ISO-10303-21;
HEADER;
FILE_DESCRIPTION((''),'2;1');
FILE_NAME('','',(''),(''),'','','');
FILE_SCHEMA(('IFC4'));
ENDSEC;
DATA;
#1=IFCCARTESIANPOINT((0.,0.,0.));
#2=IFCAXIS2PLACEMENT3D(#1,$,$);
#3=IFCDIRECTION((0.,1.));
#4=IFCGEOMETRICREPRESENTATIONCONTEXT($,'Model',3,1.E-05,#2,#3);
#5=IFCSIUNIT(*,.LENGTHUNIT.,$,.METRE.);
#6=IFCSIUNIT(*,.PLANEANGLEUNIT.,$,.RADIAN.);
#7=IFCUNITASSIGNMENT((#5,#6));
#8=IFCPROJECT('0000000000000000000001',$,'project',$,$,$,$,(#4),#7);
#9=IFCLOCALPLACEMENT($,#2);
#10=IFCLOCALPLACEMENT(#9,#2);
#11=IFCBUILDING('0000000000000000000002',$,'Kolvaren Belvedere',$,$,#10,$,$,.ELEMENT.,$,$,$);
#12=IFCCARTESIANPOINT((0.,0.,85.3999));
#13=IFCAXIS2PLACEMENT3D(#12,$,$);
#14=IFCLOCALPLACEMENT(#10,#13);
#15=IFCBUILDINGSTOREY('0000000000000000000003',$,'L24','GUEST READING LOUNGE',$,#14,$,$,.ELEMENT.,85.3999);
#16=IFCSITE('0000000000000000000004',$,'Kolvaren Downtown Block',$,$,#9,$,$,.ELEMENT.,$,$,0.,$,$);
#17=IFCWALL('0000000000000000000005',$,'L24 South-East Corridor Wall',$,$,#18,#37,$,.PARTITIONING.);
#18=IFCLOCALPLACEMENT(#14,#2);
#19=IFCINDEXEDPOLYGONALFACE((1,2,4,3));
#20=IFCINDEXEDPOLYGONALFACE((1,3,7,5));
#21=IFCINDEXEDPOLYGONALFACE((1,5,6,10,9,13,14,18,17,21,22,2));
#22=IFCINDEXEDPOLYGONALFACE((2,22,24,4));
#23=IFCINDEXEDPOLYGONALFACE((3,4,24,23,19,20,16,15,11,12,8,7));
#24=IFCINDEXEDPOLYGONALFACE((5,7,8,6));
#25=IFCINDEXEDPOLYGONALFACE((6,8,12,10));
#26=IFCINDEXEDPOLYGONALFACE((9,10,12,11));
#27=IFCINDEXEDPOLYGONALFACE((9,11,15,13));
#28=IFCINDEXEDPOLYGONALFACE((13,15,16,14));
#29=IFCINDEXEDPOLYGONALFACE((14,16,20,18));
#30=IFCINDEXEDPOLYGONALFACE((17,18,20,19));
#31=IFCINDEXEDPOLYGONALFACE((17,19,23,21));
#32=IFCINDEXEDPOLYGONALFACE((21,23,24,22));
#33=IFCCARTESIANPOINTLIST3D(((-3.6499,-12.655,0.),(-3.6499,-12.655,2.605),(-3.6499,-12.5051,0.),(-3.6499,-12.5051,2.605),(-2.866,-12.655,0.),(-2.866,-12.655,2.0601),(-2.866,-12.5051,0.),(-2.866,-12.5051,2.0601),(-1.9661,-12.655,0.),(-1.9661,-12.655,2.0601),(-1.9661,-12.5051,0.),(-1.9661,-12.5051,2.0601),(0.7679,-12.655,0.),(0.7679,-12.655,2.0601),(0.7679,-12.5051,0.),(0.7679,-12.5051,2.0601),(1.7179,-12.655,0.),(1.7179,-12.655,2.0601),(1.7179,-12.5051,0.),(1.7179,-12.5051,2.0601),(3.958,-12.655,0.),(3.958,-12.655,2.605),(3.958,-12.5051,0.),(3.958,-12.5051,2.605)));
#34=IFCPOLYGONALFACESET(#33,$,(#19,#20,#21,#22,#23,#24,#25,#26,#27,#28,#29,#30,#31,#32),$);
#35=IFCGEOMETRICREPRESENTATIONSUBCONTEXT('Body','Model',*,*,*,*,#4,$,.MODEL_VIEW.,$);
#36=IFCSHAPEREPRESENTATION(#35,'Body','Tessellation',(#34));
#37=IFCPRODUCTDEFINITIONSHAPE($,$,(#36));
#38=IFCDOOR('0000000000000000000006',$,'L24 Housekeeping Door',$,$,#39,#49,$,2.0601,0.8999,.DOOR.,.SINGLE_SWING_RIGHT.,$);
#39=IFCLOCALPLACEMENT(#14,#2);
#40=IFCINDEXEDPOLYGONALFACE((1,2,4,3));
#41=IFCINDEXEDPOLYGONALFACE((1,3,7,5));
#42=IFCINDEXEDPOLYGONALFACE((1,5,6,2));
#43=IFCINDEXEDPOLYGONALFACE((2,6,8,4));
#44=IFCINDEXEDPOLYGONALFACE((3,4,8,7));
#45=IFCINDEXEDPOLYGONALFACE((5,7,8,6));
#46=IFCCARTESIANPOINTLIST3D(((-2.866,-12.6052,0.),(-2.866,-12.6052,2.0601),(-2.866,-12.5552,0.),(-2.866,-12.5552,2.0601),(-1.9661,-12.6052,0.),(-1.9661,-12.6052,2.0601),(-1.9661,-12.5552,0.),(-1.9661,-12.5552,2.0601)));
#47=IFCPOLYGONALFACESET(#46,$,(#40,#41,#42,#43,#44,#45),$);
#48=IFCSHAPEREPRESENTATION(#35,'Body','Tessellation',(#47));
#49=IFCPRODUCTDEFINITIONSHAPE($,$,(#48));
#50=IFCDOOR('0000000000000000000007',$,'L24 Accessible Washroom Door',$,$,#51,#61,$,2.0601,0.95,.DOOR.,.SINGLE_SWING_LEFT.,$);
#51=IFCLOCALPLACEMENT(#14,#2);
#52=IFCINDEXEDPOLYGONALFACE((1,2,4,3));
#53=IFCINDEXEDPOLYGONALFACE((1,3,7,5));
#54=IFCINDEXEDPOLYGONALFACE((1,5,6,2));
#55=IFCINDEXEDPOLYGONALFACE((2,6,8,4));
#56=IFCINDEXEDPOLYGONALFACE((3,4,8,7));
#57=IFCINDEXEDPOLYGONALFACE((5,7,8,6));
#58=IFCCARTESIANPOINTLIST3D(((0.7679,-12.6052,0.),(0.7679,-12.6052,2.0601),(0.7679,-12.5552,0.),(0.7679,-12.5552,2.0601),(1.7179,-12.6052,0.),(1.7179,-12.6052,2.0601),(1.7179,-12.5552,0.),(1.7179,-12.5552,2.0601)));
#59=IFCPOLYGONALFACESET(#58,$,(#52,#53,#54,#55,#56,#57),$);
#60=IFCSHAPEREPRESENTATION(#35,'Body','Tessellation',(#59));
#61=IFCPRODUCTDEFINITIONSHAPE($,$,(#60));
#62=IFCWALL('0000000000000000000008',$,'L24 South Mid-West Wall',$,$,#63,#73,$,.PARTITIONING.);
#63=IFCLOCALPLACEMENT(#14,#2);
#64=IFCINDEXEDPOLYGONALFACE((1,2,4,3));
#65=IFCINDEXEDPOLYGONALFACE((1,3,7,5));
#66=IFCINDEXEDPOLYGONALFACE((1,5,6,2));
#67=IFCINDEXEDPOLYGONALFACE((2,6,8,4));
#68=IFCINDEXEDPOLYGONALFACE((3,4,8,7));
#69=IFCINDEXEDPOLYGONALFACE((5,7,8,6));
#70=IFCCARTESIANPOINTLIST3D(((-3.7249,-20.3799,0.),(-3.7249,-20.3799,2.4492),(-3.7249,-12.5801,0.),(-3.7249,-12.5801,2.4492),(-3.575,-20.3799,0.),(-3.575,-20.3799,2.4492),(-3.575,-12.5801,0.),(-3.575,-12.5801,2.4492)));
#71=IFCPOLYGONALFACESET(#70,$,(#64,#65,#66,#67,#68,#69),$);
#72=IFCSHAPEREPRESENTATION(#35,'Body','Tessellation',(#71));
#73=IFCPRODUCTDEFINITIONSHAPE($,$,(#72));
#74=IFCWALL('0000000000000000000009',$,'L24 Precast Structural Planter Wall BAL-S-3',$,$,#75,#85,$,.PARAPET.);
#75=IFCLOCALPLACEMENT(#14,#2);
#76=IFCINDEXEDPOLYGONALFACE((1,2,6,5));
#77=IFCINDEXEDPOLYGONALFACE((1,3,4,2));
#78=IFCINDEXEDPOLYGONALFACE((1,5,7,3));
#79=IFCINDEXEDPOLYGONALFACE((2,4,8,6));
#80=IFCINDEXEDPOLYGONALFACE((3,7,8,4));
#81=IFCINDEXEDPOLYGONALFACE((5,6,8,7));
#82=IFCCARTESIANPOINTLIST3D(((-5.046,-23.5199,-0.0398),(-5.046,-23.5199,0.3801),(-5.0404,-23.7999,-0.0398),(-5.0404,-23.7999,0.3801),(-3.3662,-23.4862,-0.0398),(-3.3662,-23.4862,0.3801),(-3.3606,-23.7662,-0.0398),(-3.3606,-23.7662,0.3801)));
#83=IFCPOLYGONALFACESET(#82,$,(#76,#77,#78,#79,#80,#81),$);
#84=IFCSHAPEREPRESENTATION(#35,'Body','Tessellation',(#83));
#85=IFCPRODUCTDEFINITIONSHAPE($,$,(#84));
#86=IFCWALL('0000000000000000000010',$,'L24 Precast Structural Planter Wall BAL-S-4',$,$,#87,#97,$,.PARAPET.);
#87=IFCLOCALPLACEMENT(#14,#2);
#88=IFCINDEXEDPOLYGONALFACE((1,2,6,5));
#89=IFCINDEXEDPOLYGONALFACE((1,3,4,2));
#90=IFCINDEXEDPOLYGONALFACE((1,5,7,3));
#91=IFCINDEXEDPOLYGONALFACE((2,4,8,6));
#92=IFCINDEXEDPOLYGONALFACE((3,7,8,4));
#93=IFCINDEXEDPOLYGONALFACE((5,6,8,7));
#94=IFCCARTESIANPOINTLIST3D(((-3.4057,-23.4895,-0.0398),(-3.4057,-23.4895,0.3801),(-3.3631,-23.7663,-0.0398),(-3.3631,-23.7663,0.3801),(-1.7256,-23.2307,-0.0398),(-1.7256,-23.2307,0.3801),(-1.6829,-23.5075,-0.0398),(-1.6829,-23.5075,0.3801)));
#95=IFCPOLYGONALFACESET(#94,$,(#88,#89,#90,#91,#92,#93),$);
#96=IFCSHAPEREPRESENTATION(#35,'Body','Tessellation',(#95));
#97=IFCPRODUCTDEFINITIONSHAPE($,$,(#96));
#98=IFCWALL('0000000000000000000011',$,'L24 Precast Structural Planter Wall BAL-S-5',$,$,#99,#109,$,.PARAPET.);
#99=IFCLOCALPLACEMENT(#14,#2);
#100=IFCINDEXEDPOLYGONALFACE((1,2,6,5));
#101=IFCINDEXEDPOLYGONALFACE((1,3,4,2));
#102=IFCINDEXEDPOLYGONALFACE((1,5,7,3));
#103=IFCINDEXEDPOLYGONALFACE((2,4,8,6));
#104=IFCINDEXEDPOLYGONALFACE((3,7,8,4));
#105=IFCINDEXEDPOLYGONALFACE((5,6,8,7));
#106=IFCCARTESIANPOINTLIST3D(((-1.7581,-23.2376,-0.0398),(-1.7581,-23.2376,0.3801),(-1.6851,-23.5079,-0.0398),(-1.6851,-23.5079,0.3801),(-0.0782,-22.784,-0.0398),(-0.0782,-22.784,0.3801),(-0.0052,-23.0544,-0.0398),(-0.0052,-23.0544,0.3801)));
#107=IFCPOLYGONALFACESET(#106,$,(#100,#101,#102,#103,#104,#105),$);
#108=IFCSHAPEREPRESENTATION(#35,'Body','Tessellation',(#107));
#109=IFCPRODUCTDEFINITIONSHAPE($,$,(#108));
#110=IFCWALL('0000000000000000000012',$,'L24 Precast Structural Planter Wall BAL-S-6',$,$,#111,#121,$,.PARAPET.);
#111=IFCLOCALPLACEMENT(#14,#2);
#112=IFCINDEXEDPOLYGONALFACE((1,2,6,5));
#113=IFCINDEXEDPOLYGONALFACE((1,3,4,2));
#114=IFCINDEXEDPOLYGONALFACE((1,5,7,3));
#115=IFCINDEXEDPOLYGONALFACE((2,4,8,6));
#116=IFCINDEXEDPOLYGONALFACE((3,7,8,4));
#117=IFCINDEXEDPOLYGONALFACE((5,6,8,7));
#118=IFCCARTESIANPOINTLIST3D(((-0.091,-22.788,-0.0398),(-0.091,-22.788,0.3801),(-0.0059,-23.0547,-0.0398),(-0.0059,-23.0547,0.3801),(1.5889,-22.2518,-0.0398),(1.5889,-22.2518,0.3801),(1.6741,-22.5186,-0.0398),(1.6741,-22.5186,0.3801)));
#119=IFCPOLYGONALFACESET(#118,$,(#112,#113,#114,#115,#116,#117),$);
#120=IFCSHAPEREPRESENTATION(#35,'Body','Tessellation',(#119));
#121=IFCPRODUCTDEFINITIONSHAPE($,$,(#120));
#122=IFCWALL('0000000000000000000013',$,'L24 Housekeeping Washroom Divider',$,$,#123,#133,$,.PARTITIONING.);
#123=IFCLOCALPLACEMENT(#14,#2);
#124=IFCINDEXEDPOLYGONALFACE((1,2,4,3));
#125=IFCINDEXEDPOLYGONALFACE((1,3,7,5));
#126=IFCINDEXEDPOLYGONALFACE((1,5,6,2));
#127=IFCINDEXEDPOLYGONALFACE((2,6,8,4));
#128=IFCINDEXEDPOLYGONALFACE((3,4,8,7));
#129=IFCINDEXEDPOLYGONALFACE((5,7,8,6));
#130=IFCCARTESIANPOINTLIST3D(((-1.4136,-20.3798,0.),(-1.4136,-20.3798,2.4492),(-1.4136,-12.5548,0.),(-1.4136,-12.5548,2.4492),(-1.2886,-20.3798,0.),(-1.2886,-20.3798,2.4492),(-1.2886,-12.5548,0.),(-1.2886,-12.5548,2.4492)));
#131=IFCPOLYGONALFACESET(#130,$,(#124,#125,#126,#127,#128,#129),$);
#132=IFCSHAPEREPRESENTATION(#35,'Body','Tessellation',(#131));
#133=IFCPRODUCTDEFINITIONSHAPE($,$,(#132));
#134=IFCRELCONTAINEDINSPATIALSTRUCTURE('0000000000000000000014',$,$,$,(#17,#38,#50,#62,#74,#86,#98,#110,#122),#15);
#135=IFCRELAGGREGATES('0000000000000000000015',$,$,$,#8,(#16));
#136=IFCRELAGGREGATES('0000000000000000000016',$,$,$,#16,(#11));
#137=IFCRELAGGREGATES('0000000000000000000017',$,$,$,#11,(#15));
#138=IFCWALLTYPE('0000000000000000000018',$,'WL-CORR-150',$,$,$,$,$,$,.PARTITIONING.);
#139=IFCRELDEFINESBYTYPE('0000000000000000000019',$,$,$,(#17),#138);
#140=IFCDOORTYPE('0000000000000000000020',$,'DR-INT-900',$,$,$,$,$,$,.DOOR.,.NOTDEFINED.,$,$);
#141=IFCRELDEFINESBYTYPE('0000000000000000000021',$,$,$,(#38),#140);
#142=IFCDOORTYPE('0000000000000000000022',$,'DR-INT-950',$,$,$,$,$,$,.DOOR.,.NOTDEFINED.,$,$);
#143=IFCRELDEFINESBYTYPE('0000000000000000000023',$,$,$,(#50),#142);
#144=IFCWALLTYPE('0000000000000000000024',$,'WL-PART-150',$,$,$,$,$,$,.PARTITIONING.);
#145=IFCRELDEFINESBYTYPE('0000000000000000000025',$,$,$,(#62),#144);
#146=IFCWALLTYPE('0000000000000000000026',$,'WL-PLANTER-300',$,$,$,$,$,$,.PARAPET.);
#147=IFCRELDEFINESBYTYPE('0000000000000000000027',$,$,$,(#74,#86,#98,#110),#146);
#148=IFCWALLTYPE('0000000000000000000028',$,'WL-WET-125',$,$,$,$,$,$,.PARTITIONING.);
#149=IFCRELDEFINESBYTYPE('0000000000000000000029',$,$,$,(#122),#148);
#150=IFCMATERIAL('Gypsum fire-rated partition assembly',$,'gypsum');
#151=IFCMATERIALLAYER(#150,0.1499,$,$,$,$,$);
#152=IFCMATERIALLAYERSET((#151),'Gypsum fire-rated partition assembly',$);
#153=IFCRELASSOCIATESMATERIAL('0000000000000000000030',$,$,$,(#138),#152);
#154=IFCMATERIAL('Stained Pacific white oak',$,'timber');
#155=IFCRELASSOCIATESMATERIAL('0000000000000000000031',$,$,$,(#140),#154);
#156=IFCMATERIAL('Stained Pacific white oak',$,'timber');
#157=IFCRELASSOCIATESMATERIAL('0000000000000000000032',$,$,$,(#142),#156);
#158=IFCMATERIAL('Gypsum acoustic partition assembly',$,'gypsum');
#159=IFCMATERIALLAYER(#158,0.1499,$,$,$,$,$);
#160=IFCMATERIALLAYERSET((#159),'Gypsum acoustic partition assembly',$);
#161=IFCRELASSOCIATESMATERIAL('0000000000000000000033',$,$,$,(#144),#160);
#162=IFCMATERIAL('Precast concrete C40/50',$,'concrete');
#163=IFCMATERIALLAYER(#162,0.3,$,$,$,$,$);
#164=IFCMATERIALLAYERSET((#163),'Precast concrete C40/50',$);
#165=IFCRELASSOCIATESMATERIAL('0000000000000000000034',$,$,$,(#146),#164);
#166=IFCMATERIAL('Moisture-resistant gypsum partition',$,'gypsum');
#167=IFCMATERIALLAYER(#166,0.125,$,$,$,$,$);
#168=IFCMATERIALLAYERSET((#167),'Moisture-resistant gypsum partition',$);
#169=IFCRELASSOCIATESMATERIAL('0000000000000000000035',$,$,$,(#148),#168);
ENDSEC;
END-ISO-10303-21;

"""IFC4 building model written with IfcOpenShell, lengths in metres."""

from ifc_helpers import new_model, si_unit, direction, frame, frame_2d, origin, place, context, subcontext, project, spatial, rectangle, extrude, material, layer, layer_set, type_object, element, fill, save


model = new_model("IFC4")

# Units and contexts
model_context = context("Model", 3, precision=1e-05, world=origin(), true_north=direction((0.0, 1.0)))
body_context = subcontext(model_context, "Body", "Model", "MODEL_VIEW")
ifc_project = project(units=[si_unit("LENGTHUNIT", "METRE"), si_unit("PLANEANGLEUNIT", "RADIAN")], contexts=[model_context])

# Site, building, storey
site_placement = place(None, origin())
site = spatial("IfcSite", under=ifc_project, at=site_placement, Name="Kolvaren Downtown Block", CompositionType="ELEMENT", RefElevation=0.0)
building_placement = place(site_placement, origin())
building = spatial("IfcBuilding", under=site, at=building_placement, Name="Kolvaren Belvedere", CompositionType="ELEMENT")
storey_placement = place(building_placement, frame((0.0, 0.0, 85.3999)))
storey = spatial("IfcBuildingStorey", under=building, at=storey_placement, Name="L24", Description="GUEST READING LOUNGE", CompositionType="ELEMENT", Elevation=85.3999)

# Wall, openings, doors
ifc_material_1 = material(Name="Gypsum fire-rated partition assembly", Category="gypsum")
ifc_layer_1 = layer(ifc_material_1, 0.1499)
ifc_layer_set_1 = layer_set([ifc_layer_1], Name="Gypsum fire-rated partition assembly")
wall_type_1 = type_object("IfcWallType", Name="WL-CORR-150", PredefinedType="PARTITIONING", material=ifc_layer_set_1)
wall_1_placement = place(storey_placement, frame((-3.6499, -12.5801, 0.0), z_axis=(0.0, 0.0, 1.0), x_axis=(1.0, 0.0, 0.0)))
wall_1 = element("IfcWall", 1, at=wall_1_placement, inside=storey, type_object=wall_type_1, Name="L24 South-East Corridor Wall", PredefinedType="PARTITIONING", context=body_context, shape_type="SweptSolid", body=[
    extrude(rectangle(XDim=7.6079, YDim=0.1499, at=frame_2d((3.804, 0.0))), origin(), (0.0, 0.0, 1.0), 2.605),
])
opening_1_placement = place(wall_1_placement, frame((0.7839, 0.0, 0.0)))
opening_1 = element("IfcOpeningElement", 2, at=opening_1_placement, cuts=wall_1, PredefinedType="OPENING", context=body_context, shape_type="SweptSolid", body=[
    extrude(rectangle(XDim=0.8999, YDim=2.0601, at=frame_2d((0.45, 1.03))), frame((0.0, 0.085, 0.0), z_axis=(0.0, -1.0, 0.0), x_axis=(1.0, 0.0, 0.0)), (0.0, 0.0, 1.0), 0.1699),
])
opening_2_placement = place(wall_1_placement, frame((4.4177, 0.0, 0.0)))
opening_2 = element("IfcOpeningElement", 3, at=opening_2_placement, cuts=wall_1, PredefinedType="OPENING", context=body_context, shape_type="SweptSolid", body=[
    extrude(rectangle(XDim=0.95, YDim=2.0601, at=frame_2d((0.4751, 1.03))), frame((0.0, 0.085, 0.0), z_axis=(0.0, -1.0, 0.0), x_axis=(1.0, 0.0, 0.0)), (0.0, 0.0, 1.0), 0.1699),
])
ifc_material_2 = material(Name="Stained Pacific white oak", Category="timber")
door_type_1 = type_object("IfcDoorType", Name="DR-INT-900", OperationType="NOTDEFINED", PredefinedType="DOOR", material=ifc_material_2)
door_1_placement = place(opening_1_placement, origin())
door_1 = element("IfcDoor", 4, at=door_1_placement, inside=storey, type_object=door_type_1, Name="L24 Housekeeping Door", OperationType="SINGLE_SWING_RIGHT", OverallHeight=2.0601, OverallWidth=0.8999, PredefinedType="DOOR", context=body_context, shape_type="SweptSolid", body=[
    extrude(rectangle(XDim=0.8999, YDim=2.0601, at=frame_2d((0.45, 1.03))), frame((0.0, 0.0249, 0.0), z_axis=(0.0, -1.0, 0.0), x_axis=(1.0, 0.0, 0.0)), (0.0, 0.0, 1.0), 0.05),
])
fill(opening_1, door_1)
ifc_material_3 = material(Name="Stained Pacific white oak", Category="timber")
door_type_2 = type_object("IfcDoorType", Name="DR-INT-950", OperationType="NOTDEFINED", PredefinedType="DOOR", material=ifc_material_3)
door_2_placement = place(opening_2_placement, origin())
door_2 = element("IfcDoor", 5, at=door_2_placement, inside=storey, type_object=door_type_2, Name="L24 Accessible Washroom Door", OperationType="SINGLE_SWING_LEFT", OverallHeight=2.0601, OverallWidth=0.95, PredefinedType="DOOR", context=body_context, shape_type="SweptSolid", body=[
    extrude(rectangle(XDim=0.95, YDim=2.0601, at=frame_2d((0.4751, 1.03))), frame((0.0, 0.0249, 0.0), z_axis=(0.0, -1.0, 0.0), x_axis=(1.0, 0.0, 0.0)), (0.0, 0.0, 1.0), 0.05),
])
fill(opening_2, door_2)

# Walls
ifc_material_4 = material(Name="Gypsum acoustic partition assembly", Category="gypsum")
ifc_layer_2 = layer(ifc_material_4, 0.1499)
ifc_layer_set_2 = layer_set([ifc_layer_2], Name="Gypsum acoustic partition assembly")
wall_type_2 = type_object("IfcWallType", Name="WL-PART-150", PredefinedType="PARTITIONING", material=ifc_layer_set_2)
wall_2_placement = place(storey_placement, frame((-3.6499, -20.3799, 0.0), z_axis=(0.0, 0.0, 1.0), x_axis=(0.0, 1.0, 0.0)))
element("IfcWall", 6, at=wall_2_placement, inside=storey, type_object=wall_type_2, Name="L24 South Mid-West Wall", PredefinedType="PARTITIONING", context=body_context, shape_type="SweptSolid", body=[
    extrude(rectangle(XDim=7.7998, YDim=0.1499, at=frame_2d((3.8999, 0.0))), origin(), (0.0, 0.0, 1.0), 2.4492),
])
ifc_material_5 = material(Name="Precast concrete C40/50", Category="concrete")
ifc_layer_3 = layer(ifc_material_5, 0.3)
ifc_layer_set_3 = layer_set([ifc_layer_3], Name="Precast concrete C40/50")
wall_type_3 = type_object("IfcWallType", Name="WL-PLANTER-300", PredefinedType="PARAPET", material=ifc_layer_set_3)
wall_3_placement = place(storey_placement, frame((-5.0432, -23.6599, -0.0398), z_axis=(0.0, 0.0, 1.0), x_axis=(0.999799, 0.020051, 0.0)))
element("IfcWall", 7, at=wall_3_placement, inside=storey, type_object=wall_type_3, Name="L24 Precast Structural Planter Wall BAL-S-3", PredefinedType="PARAPET", context=body_context, shape_type="SweptSolid", body=[
    extrude(rectangle(XDim=1.6802, YDim=0.28, at=frame_2d((0.8401, 0.0))), origin(), (0.0, 0.0, 1.0), 0.4199),
])
wall_4_placement = place(storey_placement, frame((-3.3845, -23.6279, -0.0398), z_axis=(0.0, 0.0, 1.0), x_axis=(0.988345, 0.15223, 0.0)))
element("IfcWall", 8, at=wall_4_placement, inside=storey, type_object=wall_type_3, Name="L24 Precast Structural Planter Wall BAL-S-4", PredefinedType="PARAPET", context=body_context, shape_type="SweptSolid", body=[
    extrude(rectangle(XDim=1.7, YDim=0.28, at=frame_2d((0.8501, 0.0))), origin(), (0.0, 0.0, 1.0), 0.4199),
])
wall_5_placement = place(storey_placement, frame((-1.7217, -23.3728, -0.0398), z_axis=(0.0, 0.0, 1.0), x_axis=(0.965424, 0.260683, 0.0)))
element("IfcWall", 9, at=wall_5_placement, inside=storey, type_object=wall_type_3, Name="L24 Precast Structural Planter Wall BAL-S-5", PredefinedType="PARAPET", context=body_context, shape_type="SweptSolid", body=[
    extrude(rectangle(XDim=1.74, YDim=0.28, at=frame_2d((0.8701, 0.0))), origin(), (0.0, 0.0, 1.0), 0.4199),
])
wall_6_placement = place(storey_placement, frame((-0.0486, -22.9214, -0.0398), z_axis=(0.0, 0.0, 1.0), x_axis=(0.952662, 0.304032, 0.0)))
element("IfcWall", 10, at=wall_6_placement, inside=storey, type_object=wall_type_3, Name="L24 Precast Structural Planter Wall BAL-S-6", PredefinedType="PARAPET", context=body_context, shape_type="SweptSolid", body=[
    extrude(rectangle(XDim=1.7634, YDim=0.28, at=frame_2d((0.8818, 0.0))), origin(), (0.0, 0.0, 1.0), 0.4199),
])
ifc_material_6 = material(Name="Moisture-resistant gypsum partition", Category="gypsum")
ifc_layer_4 = layer(ifc_material_6, 0.125)
ifc_layer_set_4 = layer_set([ifc_layer_4], Name="Moisture-resistant gypsum partition")
wall_type_4 = type_object("IfcWallType", Name="WL-WET-125", PredefinedType="PARTITIONING", material=ifc_layer_set_4)
wall_7_placement = place(storey_placement, frame((-1.3511, -20.3799, 0.0), z_axis=(0.0, 0.0, 1.0), x_axis=(0.0, 1.0, 0.0)))
element("IfcWall", 11, at=wall_7_placement, inside=storey, type_object=wall_type_4, Name="L24 Housekeeping Washroom Divider", PredefinedType="PARTITIONING", context=body_context, shape_type="SweptSolid", body=[
    extrude(rectangle(XDim=7.825, YDim=0.125, at=frame_2d((3.9126, 0.0))), origin(), (0.0, 0.0, 1.0), 2.4492),
])

save(model, "model.ifc")
